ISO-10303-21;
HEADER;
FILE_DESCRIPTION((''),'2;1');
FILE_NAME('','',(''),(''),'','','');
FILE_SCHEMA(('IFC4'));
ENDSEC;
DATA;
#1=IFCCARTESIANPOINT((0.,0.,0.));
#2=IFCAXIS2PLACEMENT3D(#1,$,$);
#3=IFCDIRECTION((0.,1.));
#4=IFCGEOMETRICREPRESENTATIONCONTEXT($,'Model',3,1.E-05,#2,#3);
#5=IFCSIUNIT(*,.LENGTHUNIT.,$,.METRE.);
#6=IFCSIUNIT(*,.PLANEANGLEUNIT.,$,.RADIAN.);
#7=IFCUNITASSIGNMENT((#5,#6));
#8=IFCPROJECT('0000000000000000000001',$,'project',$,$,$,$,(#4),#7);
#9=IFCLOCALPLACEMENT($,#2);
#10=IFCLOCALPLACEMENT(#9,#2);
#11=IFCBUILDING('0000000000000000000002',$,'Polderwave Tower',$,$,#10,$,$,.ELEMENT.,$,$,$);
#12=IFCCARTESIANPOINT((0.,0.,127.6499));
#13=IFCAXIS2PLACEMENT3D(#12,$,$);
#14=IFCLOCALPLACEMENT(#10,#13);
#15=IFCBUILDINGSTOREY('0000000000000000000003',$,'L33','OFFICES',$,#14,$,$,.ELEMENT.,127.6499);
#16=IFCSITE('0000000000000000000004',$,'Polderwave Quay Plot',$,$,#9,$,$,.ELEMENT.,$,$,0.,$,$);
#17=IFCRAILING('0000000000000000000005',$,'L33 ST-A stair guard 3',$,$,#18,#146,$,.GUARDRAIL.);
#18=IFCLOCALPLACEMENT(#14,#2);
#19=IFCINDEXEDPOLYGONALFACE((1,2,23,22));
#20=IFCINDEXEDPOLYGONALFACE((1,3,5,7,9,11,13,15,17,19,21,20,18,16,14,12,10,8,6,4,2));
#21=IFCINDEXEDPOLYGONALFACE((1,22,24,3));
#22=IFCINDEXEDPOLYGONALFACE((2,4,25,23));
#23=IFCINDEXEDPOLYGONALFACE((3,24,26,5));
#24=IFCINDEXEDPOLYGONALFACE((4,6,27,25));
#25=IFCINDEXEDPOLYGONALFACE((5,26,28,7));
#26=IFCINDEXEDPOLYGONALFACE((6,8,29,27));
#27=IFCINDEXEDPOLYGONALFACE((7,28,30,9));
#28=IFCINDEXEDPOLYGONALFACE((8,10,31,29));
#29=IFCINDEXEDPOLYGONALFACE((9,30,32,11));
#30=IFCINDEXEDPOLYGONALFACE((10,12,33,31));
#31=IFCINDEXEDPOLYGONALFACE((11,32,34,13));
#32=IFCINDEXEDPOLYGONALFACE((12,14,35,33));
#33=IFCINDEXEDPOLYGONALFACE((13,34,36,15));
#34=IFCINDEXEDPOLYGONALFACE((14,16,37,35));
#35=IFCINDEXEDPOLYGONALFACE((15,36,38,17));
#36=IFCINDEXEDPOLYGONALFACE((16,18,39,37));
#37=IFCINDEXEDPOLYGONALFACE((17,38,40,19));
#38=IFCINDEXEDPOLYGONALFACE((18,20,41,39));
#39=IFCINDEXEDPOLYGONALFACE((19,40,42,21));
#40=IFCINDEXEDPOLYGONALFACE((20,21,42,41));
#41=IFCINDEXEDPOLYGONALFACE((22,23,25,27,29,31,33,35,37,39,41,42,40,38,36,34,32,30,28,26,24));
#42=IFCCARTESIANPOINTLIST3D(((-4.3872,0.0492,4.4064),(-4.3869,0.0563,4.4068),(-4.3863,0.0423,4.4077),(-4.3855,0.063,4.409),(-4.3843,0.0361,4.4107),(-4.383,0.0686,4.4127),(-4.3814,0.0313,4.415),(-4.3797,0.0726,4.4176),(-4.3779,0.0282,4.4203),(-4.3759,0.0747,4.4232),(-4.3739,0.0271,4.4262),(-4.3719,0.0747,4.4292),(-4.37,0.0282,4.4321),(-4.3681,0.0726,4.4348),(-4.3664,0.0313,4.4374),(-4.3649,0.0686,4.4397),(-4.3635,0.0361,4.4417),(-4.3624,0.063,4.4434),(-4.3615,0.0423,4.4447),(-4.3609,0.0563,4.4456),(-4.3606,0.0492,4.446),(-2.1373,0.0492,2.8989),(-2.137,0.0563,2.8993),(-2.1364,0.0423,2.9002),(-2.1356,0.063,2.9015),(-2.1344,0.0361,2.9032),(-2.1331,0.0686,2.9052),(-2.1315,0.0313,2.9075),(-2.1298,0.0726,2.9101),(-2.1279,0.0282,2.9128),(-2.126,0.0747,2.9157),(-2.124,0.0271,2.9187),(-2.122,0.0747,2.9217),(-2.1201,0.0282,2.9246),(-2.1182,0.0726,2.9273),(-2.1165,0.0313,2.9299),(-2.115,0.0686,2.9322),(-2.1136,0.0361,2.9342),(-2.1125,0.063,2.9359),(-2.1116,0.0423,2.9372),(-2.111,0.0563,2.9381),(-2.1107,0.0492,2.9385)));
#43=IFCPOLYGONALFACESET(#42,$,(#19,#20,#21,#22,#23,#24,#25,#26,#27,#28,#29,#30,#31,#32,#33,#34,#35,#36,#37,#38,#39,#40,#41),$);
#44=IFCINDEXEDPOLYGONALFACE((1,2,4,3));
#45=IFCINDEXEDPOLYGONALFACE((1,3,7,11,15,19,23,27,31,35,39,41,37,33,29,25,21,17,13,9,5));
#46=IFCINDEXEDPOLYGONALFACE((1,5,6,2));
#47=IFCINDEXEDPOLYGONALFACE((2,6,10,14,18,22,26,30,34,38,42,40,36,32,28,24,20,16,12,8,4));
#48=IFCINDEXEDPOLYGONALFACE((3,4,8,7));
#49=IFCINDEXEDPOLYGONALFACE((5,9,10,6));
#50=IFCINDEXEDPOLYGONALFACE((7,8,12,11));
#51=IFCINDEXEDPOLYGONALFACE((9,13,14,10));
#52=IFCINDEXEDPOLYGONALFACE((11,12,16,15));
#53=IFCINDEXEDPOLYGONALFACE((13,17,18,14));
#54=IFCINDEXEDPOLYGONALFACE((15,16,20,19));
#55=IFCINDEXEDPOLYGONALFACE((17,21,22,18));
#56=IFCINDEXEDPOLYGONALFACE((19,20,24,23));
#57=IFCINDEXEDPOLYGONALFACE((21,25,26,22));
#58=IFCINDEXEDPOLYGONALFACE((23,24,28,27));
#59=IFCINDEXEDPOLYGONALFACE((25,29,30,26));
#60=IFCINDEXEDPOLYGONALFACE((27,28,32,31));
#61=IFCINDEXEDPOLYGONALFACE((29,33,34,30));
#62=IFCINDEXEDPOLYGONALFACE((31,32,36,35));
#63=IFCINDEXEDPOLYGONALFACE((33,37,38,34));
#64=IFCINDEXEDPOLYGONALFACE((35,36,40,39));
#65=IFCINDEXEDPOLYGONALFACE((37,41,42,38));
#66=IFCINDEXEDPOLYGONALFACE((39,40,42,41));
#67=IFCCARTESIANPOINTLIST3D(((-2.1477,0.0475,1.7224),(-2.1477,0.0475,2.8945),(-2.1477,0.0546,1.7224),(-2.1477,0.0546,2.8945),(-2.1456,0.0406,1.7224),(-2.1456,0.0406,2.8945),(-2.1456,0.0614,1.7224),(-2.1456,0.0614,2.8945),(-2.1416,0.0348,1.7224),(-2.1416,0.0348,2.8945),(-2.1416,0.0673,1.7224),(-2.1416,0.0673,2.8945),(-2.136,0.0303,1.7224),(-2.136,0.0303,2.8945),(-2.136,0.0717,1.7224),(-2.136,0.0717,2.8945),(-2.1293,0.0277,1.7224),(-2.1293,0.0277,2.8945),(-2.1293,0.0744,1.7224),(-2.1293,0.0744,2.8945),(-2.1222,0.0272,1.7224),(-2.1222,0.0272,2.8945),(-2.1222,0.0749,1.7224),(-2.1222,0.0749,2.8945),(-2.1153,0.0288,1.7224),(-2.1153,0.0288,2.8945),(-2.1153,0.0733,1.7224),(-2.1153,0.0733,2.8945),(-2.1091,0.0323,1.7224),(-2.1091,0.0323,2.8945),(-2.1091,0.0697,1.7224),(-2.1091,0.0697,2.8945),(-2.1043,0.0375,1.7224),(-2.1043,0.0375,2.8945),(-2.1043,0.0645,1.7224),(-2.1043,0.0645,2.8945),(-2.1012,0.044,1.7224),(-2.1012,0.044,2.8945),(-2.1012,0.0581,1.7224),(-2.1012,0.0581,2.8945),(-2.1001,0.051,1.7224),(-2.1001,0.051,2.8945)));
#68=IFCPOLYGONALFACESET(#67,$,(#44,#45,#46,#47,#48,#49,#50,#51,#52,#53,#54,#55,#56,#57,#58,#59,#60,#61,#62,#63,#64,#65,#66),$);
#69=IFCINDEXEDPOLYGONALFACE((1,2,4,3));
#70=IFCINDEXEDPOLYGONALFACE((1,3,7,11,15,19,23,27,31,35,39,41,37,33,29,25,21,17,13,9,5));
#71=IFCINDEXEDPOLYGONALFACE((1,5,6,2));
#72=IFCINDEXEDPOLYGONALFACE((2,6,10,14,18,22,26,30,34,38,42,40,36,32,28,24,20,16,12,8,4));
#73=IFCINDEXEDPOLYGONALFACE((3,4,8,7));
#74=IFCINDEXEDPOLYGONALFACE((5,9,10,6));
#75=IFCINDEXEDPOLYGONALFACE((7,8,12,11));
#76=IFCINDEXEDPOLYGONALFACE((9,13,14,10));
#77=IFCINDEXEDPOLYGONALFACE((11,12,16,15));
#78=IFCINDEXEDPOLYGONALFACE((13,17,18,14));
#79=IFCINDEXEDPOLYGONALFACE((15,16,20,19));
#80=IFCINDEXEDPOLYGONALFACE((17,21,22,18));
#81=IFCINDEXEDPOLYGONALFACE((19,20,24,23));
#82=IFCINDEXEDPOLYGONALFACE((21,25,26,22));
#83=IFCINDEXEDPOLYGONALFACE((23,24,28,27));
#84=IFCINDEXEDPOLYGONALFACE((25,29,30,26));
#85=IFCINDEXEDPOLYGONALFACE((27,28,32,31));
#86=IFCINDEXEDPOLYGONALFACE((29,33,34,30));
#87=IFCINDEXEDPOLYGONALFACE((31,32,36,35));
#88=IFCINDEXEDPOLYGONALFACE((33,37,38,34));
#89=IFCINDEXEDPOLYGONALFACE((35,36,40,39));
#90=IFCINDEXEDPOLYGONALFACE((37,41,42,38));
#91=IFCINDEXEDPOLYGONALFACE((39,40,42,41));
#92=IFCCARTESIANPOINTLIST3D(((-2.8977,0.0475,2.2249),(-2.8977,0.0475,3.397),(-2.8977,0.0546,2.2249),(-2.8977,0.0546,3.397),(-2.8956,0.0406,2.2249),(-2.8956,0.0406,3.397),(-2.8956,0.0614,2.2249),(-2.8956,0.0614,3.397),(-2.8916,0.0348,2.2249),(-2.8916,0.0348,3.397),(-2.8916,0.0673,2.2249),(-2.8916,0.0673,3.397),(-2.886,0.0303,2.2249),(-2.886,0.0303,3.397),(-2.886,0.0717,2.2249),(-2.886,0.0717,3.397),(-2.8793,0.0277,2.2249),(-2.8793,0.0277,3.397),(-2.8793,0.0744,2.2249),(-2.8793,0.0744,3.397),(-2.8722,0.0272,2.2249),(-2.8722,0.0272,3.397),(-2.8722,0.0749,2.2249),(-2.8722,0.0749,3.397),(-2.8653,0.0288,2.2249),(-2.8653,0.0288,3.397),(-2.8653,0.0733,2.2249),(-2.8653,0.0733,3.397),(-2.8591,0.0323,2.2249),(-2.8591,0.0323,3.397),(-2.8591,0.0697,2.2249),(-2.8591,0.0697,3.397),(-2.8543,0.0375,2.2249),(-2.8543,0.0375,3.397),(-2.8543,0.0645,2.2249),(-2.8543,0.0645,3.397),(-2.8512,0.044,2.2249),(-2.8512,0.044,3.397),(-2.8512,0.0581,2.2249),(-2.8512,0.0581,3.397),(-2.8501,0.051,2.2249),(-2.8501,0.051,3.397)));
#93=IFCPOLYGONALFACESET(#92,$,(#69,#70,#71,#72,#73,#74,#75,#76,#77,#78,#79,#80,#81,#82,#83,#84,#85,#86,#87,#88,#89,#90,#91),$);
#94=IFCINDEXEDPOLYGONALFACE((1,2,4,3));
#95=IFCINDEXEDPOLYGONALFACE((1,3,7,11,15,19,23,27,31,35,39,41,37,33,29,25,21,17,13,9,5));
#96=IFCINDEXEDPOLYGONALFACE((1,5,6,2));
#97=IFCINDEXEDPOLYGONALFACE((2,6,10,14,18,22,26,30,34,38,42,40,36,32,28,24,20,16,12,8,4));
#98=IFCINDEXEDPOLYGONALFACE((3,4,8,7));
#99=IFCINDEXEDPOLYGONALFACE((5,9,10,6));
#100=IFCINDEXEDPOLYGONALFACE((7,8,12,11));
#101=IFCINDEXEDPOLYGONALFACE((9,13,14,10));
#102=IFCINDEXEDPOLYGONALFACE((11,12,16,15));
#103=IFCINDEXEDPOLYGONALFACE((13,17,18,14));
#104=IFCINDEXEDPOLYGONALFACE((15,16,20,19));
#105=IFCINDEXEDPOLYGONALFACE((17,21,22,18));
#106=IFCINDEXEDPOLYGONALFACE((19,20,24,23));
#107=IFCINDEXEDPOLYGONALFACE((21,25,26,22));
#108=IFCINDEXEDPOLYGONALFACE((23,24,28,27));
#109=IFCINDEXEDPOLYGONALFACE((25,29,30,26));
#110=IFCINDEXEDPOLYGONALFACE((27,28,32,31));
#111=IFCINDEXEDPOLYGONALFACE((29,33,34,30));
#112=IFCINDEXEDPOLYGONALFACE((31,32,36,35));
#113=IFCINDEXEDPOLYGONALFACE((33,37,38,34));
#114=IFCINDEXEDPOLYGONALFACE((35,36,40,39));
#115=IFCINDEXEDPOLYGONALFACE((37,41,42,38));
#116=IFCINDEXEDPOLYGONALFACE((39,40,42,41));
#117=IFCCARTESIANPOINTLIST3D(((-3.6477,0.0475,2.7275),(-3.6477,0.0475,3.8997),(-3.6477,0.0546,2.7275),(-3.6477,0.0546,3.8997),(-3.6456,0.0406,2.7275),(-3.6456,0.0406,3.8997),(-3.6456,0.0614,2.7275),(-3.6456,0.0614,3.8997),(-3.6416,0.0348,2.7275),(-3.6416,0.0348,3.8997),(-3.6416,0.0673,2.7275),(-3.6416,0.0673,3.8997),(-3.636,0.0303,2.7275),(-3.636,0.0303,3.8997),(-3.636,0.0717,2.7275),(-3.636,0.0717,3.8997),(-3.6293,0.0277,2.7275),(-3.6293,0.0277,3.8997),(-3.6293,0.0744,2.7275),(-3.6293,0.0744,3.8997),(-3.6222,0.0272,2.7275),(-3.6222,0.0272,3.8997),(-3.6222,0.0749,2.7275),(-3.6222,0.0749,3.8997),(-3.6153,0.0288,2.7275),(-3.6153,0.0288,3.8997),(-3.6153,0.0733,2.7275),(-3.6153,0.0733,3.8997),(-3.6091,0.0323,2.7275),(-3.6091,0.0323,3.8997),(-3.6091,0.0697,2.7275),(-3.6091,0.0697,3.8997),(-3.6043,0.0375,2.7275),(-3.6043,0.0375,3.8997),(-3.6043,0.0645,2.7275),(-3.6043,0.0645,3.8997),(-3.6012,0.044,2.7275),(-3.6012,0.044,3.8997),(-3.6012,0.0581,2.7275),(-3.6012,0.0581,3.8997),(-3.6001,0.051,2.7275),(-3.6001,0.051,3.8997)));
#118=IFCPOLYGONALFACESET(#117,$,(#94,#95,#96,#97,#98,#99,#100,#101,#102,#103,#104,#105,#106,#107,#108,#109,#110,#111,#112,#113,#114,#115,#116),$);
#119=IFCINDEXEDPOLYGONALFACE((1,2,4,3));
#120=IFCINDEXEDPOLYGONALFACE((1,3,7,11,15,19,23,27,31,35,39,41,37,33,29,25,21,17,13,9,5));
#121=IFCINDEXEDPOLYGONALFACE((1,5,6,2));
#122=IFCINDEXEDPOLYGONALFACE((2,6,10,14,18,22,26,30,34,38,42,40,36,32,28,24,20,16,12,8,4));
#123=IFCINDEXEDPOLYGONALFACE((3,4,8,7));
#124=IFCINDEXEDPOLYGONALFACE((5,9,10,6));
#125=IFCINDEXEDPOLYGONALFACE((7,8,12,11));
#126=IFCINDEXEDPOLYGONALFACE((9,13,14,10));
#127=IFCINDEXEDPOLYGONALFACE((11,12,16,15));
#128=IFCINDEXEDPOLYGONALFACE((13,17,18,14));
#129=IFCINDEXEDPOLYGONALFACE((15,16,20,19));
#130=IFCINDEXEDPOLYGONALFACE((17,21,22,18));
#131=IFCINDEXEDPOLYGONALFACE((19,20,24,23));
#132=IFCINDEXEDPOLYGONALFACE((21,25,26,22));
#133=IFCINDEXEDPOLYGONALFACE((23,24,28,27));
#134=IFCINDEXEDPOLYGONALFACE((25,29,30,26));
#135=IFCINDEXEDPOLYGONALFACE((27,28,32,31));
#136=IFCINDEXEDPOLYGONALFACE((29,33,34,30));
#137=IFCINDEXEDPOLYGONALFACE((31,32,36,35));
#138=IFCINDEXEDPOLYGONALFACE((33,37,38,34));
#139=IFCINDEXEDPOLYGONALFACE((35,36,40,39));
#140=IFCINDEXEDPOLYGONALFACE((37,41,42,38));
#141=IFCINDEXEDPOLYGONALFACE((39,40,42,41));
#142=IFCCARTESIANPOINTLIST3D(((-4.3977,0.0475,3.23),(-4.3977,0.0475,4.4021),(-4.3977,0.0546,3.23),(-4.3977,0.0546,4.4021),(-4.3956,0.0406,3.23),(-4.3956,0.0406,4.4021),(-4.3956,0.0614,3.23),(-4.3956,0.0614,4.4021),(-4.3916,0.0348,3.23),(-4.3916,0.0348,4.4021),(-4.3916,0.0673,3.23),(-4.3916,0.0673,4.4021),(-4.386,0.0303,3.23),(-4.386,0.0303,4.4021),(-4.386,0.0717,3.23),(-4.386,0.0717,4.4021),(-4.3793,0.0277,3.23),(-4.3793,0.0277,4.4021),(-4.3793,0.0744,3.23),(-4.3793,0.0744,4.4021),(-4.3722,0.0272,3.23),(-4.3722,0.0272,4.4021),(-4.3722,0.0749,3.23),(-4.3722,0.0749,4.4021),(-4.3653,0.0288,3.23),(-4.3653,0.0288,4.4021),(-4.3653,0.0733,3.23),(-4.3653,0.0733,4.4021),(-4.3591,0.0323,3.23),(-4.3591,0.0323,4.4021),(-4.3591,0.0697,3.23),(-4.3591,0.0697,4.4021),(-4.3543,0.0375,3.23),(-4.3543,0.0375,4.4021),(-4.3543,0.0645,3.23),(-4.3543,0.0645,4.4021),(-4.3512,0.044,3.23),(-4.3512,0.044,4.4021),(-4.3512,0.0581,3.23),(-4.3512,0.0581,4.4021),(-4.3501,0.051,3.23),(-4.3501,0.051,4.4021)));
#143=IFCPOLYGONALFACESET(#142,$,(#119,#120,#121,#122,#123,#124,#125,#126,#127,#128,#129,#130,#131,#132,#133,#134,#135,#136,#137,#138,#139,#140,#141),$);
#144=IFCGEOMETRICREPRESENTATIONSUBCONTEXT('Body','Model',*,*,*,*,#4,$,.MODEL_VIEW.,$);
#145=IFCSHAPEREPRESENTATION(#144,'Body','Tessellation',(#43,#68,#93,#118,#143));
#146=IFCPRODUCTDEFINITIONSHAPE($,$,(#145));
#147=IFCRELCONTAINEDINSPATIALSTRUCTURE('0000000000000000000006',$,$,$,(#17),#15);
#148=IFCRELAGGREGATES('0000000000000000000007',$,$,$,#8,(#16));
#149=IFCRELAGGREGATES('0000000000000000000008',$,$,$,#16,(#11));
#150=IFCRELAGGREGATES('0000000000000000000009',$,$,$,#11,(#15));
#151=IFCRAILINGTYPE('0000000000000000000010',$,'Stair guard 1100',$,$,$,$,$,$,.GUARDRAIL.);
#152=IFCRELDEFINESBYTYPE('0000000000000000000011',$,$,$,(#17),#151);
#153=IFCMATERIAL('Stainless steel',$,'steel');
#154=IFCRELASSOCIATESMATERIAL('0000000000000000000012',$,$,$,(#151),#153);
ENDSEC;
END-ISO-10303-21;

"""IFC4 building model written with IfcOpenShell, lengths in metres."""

from ifc_helpers import new_model, si_unit, direction, frame, origin, origin_2d, place, context, subcontext, project, spatial, circle, extrude, material, type_object, element, save


model = new_model("IFC4")

# Units and contexts
model_context = context("Model", 3, precision=1e-05, world=origin(), true_north=direction((0.0, 1.0)))
body_context = subcontext(model_context, "Body", "Model", "MODEL_VIEW")
ifc_project = project(units=[si_unit("LENGTHUNIT", "METRE"), si_unit("PLANEANGLEUNIT", "RADIAN")], contexts=[model_context])

# Site, building, storey
site_placement = place(None, origin())
site = spatial("IfcSite", under=ifc_project, at=site_placement, Name="Polderwave Quay Plot", CompositionType="ELEMENT", RefElevation=0.0)
building_placement = place(site_placement, origin())
building = spatial("IfcBuilding", under=site, at=building_placement, Name="Polderwave Tower", CompositionType="ELEMENT")
storey_placement = place(building_placement, frame((0.0, 0.0, 127.6499)))
storey = spatial("IfcBuildingStorey", under=building, at=storey_placement, Name="L33", Description="OFFICES", CompositionType="ELEMENT", Elevation=127.6499)

# Shared definitions
ifc_material_1 = material(Name="Stainless steel", Category="steel")

# Railing
railing_type_1 = type_object("IfcRailingType", Name="Stair guard 1100", PredefinedType="GUARDRAIL", material=ifc_material_1)
railing_1_placement = place(storey_placement, frame((-2.124, 0.051, 1.7224)))
element("IfcRailing", 1, at=railing_1_placement, inside=storey, type_object=railing_type_1, Name="L33 ST-A stair guard 3", PredefinedType="GUARDRAIL", context=body_context, shape_type="SweptSolid", body=[
    extrude(circle(Radius=0.0239, at=origin_2d()), frame((0.0, 0.0, 1.1963), z_axis=(-0.830758, 0.0, 0.556633), x_axis=(0.0, -1.0, 0.0)), (0.0, 0.0, 1.0), 2.7083),
    extrude(circle(Radius=0.0239, at=origin_2d()), origin(), (0.0, 0.0, 1.0), 1.1721),
    extrude(circle(Radius=0.0239, at=origin_2d()), frame((-0.75, 0.0, 0.5024)), (0.0, 0.0, 1.0), 1.1721),
    extrude(circle(Radius=0.0239, at=origin_2d()), frame((-1.5, 0.0, 1.0051)), (0.0, 0.0, 1.0), 1.1721),
    extrude(circle(Radius=0.0239, at=origin_2d()), frame((-2.25, 0.0, 1.5076)), (0.0, 0.0, 1.0), 1.1721),
])

save(model, "model.ifc")
